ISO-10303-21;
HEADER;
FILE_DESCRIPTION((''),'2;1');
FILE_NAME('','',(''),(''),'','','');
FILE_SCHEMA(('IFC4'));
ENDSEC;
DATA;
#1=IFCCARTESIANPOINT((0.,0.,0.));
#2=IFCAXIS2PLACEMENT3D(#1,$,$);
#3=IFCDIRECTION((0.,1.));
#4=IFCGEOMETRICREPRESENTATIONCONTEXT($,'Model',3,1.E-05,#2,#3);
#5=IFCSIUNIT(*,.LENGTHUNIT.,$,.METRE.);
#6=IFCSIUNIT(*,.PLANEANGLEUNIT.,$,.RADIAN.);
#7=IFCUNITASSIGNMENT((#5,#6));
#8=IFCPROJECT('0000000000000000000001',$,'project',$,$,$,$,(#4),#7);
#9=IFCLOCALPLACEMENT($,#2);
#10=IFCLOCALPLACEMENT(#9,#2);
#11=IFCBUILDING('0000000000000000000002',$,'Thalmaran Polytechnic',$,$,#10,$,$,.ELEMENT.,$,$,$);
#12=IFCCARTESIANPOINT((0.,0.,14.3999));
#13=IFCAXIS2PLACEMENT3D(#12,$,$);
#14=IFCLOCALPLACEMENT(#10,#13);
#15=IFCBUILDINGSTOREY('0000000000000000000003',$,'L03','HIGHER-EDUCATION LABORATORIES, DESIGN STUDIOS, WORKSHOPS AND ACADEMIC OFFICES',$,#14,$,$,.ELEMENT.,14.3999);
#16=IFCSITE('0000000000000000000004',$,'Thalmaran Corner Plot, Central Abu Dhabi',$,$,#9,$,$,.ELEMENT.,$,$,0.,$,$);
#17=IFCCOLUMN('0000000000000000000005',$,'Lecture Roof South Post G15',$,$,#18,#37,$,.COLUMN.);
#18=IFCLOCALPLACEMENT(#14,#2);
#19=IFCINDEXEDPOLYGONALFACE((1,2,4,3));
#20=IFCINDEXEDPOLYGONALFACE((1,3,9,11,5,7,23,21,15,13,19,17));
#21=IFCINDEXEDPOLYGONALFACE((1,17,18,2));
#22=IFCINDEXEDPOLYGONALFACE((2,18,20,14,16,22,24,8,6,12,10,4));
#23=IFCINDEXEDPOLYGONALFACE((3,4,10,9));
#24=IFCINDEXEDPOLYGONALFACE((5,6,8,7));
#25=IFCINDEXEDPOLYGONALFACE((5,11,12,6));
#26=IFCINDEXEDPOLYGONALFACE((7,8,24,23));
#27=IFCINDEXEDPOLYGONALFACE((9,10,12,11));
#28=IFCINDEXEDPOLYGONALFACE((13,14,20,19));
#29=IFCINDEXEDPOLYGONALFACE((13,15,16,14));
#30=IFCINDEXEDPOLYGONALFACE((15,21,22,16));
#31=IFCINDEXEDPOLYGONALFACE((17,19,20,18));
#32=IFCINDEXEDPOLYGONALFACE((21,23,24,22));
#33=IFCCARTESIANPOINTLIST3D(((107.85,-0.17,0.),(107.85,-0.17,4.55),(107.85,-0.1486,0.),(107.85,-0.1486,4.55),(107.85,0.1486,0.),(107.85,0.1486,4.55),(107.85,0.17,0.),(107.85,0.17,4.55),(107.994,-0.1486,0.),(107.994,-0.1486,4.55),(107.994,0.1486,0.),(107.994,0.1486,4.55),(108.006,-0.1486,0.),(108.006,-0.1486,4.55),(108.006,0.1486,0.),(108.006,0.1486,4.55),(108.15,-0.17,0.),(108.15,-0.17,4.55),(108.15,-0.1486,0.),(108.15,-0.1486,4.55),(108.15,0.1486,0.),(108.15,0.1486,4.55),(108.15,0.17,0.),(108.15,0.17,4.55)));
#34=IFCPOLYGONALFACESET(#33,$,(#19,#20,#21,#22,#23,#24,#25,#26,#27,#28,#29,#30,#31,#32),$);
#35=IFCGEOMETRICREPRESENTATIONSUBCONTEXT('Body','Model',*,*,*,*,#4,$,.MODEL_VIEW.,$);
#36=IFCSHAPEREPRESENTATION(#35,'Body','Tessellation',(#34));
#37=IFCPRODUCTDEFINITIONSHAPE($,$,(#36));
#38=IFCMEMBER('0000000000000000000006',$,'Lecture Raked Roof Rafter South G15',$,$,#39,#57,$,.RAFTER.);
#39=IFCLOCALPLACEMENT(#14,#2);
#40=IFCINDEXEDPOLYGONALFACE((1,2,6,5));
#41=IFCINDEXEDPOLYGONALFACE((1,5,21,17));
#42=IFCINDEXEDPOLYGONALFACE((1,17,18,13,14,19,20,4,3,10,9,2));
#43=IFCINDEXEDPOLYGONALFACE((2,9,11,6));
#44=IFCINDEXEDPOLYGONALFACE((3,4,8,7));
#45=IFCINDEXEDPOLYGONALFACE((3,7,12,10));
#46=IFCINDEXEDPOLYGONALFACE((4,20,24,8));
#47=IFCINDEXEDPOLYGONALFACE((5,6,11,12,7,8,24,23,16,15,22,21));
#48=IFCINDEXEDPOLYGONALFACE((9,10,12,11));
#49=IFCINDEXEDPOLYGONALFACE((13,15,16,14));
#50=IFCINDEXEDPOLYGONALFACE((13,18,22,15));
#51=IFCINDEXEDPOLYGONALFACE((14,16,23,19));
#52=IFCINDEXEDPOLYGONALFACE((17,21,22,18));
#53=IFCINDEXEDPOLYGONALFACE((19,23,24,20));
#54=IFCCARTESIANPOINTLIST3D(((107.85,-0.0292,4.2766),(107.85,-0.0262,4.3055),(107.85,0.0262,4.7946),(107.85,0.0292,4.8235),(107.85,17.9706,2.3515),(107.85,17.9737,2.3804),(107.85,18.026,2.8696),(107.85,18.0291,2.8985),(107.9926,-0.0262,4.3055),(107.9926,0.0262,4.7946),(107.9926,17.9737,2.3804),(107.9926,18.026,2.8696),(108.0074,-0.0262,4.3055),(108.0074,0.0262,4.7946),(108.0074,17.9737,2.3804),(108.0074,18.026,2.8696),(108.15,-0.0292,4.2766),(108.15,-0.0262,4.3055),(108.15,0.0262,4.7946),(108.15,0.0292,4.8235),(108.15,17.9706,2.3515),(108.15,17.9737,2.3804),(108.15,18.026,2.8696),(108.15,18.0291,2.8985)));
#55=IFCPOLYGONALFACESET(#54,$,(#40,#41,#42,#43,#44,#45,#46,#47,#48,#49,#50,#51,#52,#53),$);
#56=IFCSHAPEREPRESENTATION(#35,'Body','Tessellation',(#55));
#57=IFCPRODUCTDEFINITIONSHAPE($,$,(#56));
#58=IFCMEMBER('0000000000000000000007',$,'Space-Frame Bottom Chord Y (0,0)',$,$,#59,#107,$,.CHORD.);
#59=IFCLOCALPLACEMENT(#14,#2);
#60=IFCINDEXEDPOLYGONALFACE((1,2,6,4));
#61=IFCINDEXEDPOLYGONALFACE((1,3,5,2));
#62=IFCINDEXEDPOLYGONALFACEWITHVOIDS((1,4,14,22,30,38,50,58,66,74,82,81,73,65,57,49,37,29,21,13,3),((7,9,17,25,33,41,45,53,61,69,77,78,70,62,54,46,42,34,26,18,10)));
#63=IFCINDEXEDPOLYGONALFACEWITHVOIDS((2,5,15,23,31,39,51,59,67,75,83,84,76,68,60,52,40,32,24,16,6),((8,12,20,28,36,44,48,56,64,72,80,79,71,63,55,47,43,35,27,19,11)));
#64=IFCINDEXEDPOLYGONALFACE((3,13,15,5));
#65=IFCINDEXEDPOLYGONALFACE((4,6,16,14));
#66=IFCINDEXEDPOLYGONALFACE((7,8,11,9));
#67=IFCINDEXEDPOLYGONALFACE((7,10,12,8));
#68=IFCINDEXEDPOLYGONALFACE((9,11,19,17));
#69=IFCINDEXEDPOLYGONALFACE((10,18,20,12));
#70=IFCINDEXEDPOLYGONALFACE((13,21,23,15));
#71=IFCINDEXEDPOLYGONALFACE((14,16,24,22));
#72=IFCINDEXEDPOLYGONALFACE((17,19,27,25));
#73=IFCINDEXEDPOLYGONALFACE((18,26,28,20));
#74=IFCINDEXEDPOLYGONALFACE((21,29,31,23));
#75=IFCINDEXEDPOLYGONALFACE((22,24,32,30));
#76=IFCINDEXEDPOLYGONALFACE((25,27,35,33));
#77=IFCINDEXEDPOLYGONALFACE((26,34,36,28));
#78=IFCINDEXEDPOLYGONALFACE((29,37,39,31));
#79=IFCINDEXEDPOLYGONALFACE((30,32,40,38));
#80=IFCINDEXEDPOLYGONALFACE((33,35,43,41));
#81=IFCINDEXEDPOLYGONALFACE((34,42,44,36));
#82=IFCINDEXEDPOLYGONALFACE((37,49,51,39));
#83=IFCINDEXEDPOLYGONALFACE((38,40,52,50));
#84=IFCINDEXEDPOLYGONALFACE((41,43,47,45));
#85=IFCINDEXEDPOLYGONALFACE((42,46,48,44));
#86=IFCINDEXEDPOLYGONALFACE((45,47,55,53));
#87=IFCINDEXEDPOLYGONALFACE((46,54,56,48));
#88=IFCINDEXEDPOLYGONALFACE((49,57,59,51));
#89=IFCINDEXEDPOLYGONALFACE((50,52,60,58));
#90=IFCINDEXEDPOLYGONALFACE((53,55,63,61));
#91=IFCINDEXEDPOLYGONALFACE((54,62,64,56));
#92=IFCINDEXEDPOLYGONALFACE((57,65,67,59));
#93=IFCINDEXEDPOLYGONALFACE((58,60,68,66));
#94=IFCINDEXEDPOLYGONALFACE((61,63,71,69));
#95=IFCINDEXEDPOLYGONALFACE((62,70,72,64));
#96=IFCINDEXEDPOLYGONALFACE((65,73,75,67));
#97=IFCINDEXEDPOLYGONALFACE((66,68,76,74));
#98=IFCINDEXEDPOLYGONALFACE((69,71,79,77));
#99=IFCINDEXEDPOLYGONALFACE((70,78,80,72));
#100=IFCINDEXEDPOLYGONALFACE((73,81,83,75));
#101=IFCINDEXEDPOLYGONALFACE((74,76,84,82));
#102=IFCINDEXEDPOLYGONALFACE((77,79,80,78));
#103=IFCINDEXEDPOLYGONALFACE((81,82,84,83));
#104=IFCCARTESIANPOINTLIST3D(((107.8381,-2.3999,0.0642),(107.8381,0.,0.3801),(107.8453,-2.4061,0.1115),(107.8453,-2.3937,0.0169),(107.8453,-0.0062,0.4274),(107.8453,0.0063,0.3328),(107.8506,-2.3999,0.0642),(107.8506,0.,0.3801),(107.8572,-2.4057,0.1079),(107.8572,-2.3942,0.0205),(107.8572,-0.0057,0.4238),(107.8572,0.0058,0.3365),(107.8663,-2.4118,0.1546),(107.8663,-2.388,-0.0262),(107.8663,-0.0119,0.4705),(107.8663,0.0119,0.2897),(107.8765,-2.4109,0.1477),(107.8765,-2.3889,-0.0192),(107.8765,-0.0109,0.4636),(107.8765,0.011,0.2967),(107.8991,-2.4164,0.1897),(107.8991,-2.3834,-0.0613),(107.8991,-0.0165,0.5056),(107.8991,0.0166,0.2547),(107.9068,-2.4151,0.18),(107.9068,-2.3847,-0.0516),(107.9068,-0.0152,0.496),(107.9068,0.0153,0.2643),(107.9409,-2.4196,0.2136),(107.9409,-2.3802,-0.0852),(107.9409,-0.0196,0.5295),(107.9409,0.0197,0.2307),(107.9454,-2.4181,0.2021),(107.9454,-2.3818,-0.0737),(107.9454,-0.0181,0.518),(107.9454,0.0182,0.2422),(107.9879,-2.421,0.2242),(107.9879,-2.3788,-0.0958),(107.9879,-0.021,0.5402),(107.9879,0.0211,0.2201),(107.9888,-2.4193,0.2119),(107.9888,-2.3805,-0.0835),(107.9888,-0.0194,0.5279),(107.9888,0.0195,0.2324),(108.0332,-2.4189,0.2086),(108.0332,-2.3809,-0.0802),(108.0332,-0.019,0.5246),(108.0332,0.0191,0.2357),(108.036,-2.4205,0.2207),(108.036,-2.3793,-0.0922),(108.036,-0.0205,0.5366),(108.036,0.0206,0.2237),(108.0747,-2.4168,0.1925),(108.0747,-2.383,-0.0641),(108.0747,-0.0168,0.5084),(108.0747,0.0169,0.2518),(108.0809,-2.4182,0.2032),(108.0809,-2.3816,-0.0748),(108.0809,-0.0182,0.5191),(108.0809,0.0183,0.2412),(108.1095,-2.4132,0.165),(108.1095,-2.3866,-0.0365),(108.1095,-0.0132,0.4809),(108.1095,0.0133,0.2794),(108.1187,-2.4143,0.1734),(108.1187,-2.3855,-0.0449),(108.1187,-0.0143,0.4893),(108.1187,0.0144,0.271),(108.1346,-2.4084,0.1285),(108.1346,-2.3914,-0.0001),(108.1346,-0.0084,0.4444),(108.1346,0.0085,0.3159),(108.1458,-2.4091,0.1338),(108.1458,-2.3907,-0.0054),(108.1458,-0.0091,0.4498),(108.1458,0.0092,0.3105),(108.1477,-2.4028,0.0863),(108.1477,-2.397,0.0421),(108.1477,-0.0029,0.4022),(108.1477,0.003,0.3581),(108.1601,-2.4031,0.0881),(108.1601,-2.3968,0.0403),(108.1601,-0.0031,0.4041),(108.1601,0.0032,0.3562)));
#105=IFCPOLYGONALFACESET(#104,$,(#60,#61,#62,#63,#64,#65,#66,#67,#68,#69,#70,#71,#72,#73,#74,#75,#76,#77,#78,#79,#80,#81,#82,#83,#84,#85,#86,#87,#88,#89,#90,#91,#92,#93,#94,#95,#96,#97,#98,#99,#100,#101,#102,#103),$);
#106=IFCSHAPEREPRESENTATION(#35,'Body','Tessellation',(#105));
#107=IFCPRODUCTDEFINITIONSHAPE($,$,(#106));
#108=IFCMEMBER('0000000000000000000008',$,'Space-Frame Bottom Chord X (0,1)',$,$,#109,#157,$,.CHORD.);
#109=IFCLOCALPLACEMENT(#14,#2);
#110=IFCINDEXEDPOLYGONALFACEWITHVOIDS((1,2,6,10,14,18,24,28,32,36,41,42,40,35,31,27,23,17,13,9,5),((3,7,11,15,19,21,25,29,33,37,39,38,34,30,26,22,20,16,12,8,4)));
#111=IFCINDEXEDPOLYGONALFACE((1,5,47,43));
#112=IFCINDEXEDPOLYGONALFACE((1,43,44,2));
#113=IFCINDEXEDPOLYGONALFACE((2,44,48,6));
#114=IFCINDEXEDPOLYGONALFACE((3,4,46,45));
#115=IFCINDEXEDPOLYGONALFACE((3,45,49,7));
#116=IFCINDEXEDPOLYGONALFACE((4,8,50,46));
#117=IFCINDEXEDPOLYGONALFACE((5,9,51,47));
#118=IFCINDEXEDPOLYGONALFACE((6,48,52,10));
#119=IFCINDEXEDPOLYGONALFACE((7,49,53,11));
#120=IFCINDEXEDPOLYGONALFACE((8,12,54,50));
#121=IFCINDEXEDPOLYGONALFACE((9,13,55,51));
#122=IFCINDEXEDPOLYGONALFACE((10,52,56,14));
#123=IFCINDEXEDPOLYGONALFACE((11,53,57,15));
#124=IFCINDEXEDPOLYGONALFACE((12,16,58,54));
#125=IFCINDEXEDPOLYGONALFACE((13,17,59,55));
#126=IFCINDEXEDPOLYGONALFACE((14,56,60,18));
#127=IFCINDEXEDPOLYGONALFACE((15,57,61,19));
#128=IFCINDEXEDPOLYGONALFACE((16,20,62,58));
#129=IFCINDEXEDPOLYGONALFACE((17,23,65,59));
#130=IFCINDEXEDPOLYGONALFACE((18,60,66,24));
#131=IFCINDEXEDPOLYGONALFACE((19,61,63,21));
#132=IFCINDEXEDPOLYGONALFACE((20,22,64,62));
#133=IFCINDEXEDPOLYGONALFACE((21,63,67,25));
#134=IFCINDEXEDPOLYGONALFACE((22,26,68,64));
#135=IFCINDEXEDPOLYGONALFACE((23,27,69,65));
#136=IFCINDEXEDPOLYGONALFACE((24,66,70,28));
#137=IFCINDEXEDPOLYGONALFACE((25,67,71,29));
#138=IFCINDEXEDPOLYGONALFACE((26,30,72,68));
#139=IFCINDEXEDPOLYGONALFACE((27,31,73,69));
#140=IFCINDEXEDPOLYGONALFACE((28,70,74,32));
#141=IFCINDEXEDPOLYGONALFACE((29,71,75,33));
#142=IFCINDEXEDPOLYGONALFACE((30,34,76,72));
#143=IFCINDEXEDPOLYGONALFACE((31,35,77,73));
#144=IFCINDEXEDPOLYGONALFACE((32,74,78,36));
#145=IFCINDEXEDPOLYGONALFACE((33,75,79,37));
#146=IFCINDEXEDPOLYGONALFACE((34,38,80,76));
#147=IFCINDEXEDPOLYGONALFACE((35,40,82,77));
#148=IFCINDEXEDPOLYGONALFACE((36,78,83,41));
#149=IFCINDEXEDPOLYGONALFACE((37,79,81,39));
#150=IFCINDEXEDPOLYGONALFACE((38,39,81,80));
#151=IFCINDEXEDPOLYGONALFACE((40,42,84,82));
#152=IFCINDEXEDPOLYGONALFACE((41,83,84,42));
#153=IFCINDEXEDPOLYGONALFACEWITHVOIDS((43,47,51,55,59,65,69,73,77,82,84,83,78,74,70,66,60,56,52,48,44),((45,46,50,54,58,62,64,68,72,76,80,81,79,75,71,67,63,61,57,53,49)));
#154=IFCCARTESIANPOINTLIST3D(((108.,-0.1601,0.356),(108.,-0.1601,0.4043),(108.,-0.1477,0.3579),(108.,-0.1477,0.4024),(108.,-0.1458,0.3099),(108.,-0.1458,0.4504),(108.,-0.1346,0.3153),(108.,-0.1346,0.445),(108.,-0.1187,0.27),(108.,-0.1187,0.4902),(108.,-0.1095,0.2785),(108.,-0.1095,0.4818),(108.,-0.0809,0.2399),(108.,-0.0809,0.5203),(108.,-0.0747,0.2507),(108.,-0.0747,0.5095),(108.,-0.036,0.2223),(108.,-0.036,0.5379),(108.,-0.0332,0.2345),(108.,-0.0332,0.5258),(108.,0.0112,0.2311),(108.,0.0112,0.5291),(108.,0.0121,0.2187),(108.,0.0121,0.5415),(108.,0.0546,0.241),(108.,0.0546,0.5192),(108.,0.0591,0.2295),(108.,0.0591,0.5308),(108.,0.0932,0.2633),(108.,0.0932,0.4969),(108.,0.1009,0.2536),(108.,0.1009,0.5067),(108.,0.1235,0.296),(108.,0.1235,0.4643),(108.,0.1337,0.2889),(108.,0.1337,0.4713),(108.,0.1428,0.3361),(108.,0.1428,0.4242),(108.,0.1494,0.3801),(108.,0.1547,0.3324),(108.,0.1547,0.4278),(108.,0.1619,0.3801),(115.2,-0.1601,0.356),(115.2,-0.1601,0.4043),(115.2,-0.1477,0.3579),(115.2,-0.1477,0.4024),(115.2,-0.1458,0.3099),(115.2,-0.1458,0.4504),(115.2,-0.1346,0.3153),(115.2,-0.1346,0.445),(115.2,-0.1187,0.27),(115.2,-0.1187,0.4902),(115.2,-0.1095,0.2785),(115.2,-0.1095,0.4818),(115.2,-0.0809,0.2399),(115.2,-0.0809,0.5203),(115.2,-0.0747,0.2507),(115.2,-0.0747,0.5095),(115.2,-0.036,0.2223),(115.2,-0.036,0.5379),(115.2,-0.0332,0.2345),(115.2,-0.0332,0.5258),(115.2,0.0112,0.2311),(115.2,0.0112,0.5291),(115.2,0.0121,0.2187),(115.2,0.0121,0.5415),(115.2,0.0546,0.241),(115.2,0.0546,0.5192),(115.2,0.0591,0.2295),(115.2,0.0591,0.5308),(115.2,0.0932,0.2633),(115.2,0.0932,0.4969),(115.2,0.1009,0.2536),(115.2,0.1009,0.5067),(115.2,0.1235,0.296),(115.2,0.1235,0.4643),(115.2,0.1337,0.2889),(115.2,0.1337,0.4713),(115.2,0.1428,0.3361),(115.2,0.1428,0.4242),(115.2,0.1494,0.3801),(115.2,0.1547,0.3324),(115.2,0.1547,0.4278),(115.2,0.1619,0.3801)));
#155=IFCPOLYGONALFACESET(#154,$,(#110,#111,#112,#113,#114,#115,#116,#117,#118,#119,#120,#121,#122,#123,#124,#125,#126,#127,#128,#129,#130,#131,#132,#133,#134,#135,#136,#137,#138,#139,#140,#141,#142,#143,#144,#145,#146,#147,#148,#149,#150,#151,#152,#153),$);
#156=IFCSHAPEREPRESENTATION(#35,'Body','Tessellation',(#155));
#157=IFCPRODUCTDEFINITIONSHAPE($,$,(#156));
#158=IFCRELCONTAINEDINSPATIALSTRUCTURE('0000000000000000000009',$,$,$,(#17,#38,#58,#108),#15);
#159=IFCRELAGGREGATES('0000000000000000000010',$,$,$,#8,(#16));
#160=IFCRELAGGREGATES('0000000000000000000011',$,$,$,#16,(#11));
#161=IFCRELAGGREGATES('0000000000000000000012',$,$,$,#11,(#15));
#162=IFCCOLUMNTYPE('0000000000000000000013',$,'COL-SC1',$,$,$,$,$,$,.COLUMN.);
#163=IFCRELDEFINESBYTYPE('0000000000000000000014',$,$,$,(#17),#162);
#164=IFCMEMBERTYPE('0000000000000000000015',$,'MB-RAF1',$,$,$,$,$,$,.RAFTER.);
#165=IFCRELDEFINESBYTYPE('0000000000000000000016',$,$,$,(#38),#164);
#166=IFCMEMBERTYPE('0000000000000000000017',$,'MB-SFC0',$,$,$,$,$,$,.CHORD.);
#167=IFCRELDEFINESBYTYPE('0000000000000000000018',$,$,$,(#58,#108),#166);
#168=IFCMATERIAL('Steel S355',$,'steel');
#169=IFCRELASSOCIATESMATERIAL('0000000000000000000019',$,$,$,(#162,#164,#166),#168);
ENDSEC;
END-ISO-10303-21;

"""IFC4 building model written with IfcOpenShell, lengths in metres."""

from ifc_helpers import new_model, si_unit, direction, frame, origin, origin_2d, place, context, subcontext, project, spatial, hollow_circle, i_section, extrude, material, material_profile, profile_set, type_object, element, save


model = new_model("IFC4")

# Units and contexts
model_context = context("Model", 3, precision=1e-05, world=origin(), true_north=direction((0.0, 1.0)))
body_context = subcontext(model_context, "Body", "Model", "MODEL_VIEW")
ifc_project = project(units=[si_unit("LENGTHUNIT", "METRE"), si_unit("PLANEANGLEUNIT", "RADIAN")], contexts=[model_context])

# Site, building, storey
site_placement = place(None, origin())
site = spatial("IfcSite", under=ifc_project, at=site_placement, Name="Thalmaran Corner Plot, Central Abu Dhabi", CompositionType="ELEMENT", RefElevation=0.0)
building_placement = place(site_placement, origin())
building = spatial("IfcBuilding", under=site, at=building_placement, Name="Thalmaran Polytechnic", CompositionType="ELEMENT")
storey_placement = place(building_placement, frame((0.0, 0.0, 14.3999)))
storey = spatial("IfcBuildingStorey", under=building, at=storey_placement, Name="L03", Description="HIGHER-EDUCATION LABORATORIES, DESIGN STUDIOS, WORKSHOPS AND ACADEMIC OFFICES", CompositionType="ELEMENT", Elevation=14.3999)

# Column
ifc_material_1 = material(Name="Steel S355", Category="steel")
ifc_material_profile_1 = material_profile(ifc_material_1, i_section(OverallWidth=0.3, OverallDepth=0.3401, WebThickness=0.012, FlangeThickness=0.0215, at=origin_2d()), Name="HEB 340")
ifc_profile_set_1 = profile_set([ifc_material_profile_1], Name="Steel S355")
column_type = type_object("IfcColumnType", Name="COL-SC1", PredefinedType="COLUMN", material=ifc_profile_set_1)
column_placement = place(storey_placement, frame((108.0, 0.0, 0.0), z_axis=(0.0, 0.0, 1.0), x_axis=(1.0, 0.0, 0.0)))
element("IfcColumn", 1, at=column_placement, inside=storey, type_object=column_type, Name="Lecture Roof South Post G15", PredefinedType="COLUMN", context=body_context, shape_type="SweptSolid", body=[
    extrude(i_section(OverallWidth=0.3, OverallDepth=0.3401, WebThickness=0.012, FlangeThickness=0.0215, at=origin_2d()), origin(), (0.0, 0.0, 1.0), 4.55),
])

# Members
ifc_material_profile_2 = material_profile(ifc_material_1, i_section(OverallWidth=0.3, OverallDepth=0.55, WebThickness=0.0149, FlangeThickness=0.0291, at=origin_2d()), Name="HEB 550")
ifc_profile_set_2 = profile_set([ifc_material_profile_2], Name="Steel S355")
member_type_1 = type_object("IfcMemberType", Name="MB-RAF1", PredefinedType="RAFTER", material=ifc_profile_set_2)
member_1_placement = place(storey_placement, frame((108.0, 0.0, 4.55), z_axis=(0.0, 0.99433, -0.106341), x_axis=(-1.0, 0.0, 0.0)))
element("IfcMember", 2, at=member_1_placement, inside=storey, type_object=member_type_1, Name="Lecture Raked Roof Rafter South G15", PredefinedType="RAFTER", context=body_context, shape_type="SweptSolid", body=[
    extrude(i_section(OverallWidth=0.3, OverallDepth=0.55, WebThickness=0.0149, FlangeThickness=0.0291, at=origin_2d()), origin(), (0.0, 0.0, 1.0), 18.1025),
])
ifc_material_profile_3 = material_profile(ifc_material_1, hollow_circle(Radius=0.1619, WallThickness=0.0125, at=origin_2d()), Name="CHS 323.9x12.5")
ifc_profile_set_3 = profile_set([ifc_material_profile_3], Name="Steel S355")
member_type_2 = type_object("IfcMemberType", Name="MB-SFC0", PredefinedType="CHORD", material=ifc_profile_set_3)
member_2_placement = place(storey_placement, frame((108.0, -2.3999, 0.0642), z_axis=(0.0, 0.991447, 0.130512), x_axis=(-1.0, 0.0, 0.0)))
element("IfcMember", 3, at=member_2_placement, inside=storey, type_object=member_type_2, Name="Space-Frame Bottom Chord Y (0,0)", PredefinedType="CHORD", context=body_context, shape_type="SweptSolid", body=[
    extrude(hollow_circle(Radius=0.1619, WallThickness=0.0125, at=origin_2d()), origin(), (0.0, 0.0, 1.0), 2.4207),
])
member_3_placement = place(storey_placement, frame((108.0, 0.0, 0.3801), z_axis=(1.0, 0.0, 0.0), x_axis=(0.0, 1.0, 0.0)))
element("IfcMember", 4, at=member_3_placement, inside=storey, type_object=member_type_2, Name="Space-Frame Bottom Chord X (0,1)", PredefinedType="CHORD", context=body_context, shape_type="SweptSolid", body=[
    extrude(hollow_circle(Radius=0.1619, WallThickness=0.0125, at=origin_2d()), origin(), (0.0, 0.0, 1.0), 7.2),
])

save(model, "model.ifc")
